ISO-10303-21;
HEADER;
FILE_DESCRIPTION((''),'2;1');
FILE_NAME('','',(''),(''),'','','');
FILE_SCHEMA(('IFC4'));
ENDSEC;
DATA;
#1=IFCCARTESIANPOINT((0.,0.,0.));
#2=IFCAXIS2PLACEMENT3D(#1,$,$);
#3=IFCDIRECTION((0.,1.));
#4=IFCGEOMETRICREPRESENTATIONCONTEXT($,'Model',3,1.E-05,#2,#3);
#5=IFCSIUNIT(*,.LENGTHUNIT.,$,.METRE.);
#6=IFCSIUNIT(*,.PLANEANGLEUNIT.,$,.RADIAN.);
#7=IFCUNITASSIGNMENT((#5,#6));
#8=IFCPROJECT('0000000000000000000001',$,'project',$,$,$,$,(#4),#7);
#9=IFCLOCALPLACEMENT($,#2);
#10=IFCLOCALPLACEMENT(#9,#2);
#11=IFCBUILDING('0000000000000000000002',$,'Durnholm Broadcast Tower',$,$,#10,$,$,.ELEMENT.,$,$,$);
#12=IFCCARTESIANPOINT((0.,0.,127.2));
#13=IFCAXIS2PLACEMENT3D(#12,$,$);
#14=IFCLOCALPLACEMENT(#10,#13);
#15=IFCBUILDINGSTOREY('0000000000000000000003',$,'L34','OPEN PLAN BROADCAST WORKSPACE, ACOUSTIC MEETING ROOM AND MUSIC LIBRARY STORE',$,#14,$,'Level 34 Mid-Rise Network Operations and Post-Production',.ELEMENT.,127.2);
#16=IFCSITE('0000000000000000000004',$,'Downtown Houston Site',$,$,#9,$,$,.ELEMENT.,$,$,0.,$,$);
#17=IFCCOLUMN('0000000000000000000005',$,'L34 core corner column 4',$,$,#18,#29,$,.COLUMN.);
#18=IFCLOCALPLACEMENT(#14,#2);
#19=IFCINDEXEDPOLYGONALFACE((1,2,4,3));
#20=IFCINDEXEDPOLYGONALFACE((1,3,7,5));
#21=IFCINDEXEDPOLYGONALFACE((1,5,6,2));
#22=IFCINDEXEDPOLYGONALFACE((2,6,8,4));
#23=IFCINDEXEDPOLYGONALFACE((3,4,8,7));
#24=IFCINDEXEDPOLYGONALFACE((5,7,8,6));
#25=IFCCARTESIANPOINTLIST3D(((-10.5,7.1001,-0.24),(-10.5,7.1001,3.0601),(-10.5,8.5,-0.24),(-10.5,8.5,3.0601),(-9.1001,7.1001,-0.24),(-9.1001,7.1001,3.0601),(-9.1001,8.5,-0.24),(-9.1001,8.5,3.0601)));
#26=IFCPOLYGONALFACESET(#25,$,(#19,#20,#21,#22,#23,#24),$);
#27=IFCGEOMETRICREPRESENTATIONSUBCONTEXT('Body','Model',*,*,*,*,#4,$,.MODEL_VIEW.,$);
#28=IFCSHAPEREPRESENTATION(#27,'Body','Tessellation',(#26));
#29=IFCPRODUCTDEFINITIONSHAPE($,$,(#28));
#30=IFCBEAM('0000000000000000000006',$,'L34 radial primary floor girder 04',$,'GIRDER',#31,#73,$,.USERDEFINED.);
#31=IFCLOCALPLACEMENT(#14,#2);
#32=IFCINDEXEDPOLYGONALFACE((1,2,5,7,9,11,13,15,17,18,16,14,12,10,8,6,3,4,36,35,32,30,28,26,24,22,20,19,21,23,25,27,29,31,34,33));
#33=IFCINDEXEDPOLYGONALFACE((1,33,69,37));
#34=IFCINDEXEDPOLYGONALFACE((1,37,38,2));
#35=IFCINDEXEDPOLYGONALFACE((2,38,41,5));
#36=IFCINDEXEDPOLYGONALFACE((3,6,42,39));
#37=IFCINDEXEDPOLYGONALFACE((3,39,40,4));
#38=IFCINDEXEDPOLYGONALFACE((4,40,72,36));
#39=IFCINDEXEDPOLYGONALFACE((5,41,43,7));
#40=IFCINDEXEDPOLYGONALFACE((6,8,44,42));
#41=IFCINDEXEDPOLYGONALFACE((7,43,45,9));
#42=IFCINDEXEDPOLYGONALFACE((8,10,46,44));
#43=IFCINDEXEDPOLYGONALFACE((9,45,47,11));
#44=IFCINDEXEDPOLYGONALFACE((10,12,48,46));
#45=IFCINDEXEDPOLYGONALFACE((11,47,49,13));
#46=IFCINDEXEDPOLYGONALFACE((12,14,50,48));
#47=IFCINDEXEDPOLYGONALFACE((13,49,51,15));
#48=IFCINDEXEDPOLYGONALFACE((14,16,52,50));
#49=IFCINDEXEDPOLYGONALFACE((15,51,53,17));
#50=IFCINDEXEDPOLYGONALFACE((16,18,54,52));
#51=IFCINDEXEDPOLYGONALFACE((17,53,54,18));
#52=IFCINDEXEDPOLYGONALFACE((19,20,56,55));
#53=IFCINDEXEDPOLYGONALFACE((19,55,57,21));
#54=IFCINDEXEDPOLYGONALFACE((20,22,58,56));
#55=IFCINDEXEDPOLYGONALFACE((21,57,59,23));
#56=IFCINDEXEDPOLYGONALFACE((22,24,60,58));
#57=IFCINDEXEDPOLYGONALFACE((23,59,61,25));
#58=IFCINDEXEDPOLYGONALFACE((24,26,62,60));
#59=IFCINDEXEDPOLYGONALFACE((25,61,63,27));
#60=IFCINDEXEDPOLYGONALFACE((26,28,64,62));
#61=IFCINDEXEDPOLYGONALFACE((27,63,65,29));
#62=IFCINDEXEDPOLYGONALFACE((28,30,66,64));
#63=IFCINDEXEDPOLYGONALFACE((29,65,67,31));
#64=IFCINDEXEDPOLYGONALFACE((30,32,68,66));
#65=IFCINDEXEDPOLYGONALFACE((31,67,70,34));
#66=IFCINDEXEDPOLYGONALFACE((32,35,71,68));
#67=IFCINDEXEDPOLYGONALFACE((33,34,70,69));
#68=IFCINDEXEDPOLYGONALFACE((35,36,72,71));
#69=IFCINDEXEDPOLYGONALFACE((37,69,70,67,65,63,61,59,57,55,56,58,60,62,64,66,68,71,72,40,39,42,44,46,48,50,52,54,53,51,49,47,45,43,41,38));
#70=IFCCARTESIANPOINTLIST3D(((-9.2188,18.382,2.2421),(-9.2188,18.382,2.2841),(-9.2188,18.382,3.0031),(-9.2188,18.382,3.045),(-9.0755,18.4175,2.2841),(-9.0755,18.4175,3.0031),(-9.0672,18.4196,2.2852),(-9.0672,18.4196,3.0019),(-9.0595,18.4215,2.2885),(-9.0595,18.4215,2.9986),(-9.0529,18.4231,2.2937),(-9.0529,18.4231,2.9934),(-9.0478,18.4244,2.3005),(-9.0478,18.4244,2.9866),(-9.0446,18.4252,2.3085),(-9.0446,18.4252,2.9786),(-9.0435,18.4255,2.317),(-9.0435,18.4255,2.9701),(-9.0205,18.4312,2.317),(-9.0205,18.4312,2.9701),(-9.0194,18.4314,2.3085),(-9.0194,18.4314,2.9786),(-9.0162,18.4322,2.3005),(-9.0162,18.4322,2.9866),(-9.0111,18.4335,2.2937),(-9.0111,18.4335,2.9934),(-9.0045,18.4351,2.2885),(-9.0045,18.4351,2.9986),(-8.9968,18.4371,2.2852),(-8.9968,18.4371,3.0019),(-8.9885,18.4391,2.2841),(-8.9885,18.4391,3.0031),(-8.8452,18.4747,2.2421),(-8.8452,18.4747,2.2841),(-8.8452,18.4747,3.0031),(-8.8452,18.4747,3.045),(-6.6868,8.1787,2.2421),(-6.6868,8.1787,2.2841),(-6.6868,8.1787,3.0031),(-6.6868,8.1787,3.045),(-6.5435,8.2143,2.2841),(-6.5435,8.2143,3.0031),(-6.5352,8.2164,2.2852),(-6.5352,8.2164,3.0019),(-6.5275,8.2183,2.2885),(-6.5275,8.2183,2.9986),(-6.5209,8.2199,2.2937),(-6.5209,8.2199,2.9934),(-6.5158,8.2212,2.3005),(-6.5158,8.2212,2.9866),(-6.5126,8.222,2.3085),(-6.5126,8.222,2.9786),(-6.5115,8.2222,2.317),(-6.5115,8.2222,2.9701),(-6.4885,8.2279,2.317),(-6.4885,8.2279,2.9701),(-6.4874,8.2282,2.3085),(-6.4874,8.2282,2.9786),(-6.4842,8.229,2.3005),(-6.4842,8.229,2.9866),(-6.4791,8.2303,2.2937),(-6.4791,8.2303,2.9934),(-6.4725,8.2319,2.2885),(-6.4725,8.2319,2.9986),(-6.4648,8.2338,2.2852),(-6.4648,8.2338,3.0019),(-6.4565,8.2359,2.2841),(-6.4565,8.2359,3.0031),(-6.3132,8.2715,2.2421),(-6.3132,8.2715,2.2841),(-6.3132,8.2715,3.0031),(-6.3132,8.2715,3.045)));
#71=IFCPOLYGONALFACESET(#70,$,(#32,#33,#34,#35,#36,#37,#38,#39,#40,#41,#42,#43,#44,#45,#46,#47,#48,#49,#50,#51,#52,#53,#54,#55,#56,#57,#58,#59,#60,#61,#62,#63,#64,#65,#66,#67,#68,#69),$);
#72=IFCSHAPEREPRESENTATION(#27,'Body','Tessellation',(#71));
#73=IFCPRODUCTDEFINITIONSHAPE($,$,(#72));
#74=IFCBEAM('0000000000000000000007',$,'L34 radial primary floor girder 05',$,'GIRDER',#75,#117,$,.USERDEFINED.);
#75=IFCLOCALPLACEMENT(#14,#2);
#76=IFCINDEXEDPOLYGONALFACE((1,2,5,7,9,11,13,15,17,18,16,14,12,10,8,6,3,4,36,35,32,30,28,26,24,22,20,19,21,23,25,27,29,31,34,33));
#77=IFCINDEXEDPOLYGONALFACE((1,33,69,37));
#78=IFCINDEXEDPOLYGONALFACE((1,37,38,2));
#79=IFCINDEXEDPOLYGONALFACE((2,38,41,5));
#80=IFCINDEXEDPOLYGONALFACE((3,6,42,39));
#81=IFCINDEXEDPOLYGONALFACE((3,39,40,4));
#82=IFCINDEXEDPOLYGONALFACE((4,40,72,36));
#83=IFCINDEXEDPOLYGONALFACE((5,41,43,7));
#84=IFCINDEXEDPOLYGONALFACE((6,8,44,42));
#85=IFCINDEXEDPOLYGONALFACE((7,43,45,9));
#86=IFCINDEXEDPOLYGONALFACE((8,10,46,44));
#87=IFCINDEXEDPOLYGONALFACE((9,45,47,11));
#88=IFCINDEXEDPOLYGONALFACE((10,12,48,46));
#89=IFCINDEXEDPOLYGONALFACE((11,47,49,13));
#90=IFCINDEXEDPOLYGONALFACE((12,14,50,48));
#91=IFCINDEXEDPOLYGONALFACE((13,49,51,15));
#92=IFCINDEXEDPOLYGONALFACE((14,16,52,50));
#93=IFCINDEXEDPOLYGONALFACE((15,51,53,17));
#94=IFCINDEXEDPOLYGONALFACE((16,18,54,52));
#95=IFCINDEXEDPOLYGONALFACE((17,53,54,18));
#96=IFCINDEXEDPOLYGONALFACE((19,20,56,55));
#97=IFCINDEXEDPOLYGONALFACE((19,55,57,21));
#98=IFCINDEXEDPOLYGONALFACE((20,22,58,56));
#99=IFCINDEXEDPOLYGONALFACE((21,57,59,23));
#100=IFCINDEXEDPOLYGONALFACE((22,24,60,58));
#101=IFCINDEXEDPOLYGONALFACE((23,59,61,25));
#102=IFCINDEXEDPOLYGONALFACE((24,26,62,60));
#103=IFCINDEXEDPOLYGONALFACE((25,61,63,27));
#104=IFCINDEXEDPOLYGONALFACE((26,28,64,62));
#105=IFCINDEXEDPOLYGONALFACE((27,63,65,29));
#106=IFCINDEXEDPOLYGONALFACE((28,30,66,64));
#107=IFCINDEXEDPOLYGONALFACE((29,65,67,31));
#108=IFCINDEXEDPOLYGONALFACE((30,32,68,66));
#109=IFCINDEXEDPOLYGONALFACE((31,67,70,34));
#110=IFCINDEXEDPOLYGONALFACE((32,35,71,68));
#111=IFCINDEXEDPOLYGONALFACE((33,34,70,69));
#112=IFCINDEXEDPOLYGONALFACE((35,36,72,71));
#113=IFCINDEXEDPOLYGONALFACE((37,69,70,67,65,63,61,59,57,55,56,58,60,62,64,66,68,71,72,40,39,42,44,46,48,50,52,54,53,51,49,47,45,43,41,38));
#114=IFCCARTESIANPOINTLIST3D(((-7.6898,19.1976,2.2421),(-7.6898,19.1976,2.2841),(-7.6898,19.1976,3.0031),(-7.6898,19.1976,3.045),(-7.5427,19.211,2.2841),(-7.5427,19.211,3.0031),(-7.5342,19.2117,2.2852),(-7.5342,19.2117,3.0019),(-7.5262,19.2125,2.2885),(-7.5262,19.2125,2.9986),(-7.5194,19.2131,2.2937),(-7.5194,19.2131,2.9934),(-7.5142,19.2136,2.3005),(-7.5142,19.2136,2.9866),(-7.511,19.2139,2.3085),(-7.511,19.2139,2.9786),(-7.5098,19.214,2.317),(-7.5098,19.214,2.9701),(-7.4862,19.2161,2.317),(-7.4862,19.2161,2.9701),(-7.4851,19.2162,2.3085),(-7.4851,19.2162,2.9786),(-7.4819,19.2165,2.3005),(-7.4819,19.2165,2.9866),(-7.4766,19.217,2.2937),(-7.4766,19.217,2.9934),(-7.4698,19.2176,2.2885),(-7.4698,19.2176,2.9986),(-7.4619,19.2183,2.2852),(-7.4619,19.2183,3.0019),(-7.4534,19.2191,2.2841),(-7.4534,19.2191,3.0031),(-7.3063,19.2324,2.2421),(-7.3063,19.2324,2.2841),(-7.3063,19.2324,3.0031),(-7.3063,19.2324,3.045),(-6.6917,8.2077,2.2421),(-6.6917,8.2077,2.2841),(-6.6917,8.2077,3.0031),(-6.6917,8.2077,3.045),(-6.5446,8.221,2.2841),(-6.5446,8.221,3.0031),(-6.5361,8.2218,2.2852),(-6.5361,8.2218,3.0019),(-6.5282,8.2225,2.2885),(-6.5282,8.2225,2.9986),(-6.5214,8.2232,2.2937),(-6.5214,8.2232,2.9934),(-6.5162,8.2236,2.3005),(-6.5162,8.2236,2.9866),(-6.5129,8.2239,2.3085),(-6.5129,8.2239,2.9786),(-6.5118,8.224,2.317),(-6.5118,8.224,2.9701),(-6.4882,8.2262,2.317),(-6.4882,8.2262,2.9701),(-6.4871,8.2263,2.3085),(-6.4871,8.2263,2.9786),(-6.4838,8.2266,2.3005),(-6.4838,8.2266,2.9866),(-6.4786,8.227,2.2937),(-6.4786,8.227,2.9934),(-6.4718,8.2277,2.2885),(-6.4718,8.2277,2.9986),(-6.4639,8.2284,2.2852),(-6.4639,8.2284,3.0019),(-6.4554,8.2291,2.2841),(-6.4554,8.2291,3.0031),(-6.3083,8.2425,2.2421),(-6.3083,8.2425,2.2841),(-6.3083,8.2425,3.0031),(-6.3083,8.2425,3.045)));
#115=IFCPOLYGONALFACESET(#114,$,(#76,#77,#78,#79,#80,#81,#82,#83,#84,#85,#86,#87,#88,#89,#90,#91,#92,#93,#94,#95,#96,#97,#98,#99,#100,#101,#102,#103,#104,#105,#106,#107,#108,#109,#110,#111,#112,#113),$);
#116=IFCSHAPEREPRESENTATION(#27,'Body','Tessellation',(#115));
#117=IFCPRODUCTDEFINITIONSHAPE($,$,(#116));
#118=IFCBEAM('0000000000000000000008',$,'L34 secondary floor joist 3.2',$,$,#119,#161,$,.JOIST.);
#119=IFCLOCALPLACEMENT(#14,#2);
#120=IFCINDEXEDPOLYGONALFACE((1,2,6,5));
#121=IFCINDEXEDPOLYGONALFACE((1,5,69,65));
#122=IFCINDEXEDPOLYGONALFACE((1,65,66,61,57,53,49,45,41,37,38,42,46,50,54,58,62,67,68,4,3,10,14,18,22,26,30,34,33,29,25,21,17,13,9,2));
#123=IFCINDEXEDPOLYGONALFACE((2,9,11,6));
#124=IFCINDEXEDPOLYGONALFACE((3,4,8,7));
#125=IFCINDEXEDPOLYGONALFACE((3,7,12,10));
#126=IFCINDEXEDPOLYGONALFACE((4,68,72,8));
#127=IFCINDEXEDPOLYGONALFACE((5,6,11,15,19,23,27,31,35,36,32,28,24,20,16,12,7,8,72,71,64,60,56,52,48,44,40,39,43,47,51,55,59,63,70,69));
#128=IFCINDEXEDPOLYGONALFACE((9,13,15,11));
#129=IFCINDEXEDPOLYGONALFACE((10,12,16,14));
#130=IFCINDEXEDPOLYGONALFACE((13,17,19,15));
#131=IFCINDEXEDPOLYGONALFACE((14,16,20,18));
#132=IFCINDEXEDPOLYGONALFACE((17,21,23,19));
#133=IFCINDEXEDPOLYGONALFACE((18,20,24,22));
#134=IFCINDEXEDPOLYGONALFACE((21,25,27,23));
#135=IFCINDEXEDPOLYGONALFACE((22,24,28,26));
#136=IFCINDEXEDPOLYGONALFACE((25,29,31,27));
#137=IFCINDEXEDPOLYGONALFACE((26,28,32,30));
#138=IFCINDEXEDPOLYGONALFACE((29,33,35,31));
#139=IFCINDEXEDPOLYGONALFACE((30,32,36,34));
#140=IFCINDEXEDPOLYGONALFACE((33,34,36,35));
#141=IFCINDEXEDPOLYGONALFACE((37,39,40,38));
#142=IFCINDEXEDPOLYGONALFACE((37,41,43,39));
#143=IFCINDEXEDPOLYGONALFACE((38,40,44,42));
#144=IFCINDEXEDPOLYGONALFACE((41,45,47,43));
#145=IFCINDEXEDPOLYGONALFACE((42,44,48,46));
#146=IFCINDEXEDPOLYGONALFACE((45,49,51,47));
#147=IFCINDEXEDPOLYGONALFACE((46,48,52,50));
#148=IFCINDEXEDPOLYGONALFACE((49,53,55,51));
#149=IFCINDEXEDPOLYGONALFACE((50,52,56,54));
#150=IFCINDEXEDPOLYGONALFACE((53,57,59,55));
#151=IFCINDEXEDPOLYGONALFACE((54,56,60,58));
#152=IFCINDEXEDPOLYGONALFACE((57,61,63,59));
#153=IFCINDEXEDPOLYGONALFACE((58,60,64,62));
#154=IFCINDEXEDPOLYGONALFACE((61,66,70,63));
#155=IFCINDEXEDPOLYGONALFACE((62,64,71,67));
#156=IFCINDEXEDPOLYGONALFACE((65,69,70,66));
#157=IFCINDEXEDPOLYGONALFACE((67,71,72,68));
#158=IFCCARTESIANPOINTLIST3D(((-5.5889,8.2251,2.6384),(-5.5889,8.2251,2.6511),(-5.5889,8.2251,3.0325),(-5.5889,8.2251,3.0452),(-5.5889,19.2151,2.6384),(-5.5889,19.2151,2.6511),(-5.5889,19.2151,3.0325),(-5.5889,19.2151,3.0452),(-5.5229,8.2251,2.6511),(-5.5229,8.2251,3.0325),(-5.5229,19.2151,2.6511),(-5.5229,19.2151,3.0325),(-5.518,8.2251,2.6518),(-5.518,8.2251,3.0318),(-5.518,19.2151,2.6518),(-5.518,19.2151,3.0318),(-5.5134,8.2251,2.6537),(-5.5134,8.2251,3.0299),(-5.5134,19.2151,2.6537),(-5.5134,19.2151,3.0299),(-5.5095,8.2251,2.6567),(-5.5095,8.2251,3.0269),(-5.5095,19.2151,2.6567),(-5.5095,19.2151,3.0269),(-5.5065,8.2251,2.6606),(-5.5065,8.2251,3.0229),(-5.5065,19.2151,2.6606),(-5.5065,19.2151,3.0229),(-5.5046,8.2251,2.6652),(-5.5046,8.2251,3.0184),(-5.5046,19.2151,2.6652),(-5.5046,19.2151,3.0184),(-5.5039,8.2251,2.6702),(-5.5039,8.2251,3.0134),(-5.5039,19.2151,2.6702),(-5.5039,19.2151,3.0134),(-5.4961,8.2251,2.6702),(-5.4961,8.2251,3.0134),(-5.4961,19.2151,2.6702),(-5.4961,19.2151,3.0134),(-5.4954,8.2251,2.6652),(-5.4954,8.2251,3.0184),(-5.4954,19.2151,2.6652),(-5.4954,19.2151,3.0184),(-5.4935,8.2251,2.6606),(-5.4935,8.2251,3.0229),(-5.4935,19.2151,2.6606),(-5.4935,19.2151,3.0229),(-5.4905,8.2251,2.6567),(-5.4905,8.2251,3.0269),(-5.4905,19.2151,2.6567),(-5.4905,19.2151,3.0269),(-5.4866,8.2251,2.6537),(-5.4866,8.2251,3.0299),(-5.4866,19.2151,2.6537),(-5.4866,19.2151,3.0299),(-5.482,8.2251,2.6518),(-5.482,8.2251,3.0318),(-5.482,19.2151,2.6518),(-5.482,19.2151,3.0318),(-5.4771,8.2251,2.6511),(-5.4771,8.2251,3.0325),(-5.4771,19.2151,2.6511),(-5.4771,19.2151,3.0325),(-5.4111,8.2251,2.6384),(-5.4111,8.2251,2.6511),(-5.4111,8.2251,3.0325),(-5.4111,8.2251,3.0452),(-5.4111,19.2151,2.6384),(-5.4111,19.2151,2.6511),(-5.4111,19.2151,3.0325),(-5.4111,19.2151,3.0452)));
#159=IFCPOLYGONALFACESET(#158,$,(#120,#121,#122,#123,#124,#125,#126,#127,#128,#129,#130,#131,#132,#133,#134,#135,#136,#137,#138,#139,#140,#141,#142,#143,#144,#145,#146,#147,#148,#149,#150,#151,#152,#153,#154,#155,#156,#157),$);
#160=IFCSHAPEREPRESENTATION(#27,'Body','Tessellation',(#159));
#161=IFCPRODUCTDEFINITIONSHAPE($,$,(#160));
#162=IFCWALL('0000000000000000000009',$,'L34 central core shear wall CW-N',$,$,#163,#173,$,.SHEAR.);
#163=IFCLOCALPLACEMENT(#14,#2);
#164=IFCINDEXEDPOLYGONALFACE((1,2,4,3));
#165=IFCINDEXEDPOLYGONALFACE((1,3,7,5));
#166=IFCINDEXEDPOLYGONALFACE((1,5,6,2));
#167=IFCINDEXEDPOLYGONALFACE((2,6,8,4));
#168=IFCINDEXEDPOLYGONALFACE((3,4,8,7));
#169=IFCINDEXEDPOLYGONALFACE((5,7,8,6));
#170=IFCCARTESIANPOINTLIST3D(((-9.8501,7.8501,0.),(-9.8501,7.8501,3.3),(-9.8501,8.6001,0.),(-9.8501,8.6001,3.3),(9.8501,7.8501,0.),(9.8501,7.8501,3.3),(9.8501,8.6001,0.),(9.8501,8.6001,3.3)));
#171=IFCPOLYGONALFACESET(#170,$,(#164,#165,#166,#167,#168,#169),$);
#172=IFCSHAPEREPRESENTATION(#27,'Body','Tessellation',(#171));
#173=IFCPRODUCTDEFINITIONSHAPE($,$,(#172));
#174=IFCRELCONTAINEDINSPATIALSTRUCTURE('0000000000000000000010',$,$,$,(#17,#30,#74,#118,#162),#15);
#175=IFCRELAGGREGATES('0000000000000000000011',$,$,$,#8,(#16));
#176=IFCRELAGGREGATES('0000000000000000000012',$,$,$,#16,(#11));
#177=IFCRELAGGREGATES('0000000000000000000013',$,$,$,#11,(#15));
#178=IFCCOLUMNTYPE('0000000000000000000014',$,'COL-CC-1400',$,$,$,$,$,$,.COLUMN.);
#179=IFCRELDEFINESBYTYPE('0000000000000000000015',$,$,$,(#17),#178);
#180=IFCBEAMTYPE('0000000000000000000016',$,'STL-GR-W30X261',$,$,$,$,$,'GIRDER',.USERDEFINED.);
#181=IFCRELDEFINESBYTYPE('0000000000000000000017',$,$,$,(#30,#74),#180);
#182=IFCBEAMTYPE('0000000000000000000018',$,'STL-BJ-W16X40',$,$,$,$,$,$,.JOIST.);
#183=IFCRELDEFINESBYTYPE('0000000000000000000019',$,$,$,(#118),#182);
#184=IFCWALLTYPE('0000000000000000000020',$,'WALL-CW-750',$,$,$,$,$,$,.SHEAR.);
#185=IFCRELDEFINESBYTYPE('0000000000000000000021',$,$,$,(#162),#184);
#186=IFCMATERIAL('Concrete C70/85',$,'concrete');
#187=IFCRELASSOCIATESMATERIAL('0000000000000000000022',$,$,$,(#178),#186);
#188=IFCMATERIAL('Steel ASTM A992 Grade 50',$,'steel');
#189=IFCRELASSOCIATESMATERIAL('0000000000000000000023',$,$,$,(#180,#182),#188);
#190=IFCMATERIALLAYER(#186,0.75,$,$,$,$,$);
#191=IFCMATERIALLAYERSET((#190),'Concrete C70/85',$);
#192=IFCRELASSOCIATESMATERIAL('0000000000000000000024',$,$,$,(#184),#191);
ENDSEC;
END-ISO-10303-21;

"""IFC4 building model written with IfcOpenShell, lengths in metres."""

from ifc_helpers import new_model, si_unit, direction, frame, frame_2d, origin, origin_2d, place, context, subcontext, project, spatial, rectangle, i_section, extrude, source, transform, mapped, material, layer, layer_set, material_profile, profile_set, type_object, type_shapes, element, save


model = new_model("IFC4")

# Units and contexts
model_context = context("Model", 3, precision=1e-05, world=origin(), true_north=direction((0.0, 1.0)))
body_context = subcontext(model_context, "Body", "Model", "MODEL_VIEW")
ifc_project = project(units=[si_unit("LENGTHUNIT", "METRE"), si_unit("PLANEANGLEUNIT", "RADIAN")], contexts=[model_context])

# Site, building, storey
site_placement = place(None, origin())
site = spatial("IfcSite", under=ifc_project, at=site_placement, Name="Downtown Houston Site", CompositionType="ELEMENT", RefElevation=0.0)
building_placement = place(site_placement, origin())
building = spatial("IfcBuilding", under=site, at=building_placement, Name="Durnholm Broadcast Tower", CompositionType="ELEMENT")
storey_placement = place(building_placement, frame((0.0, 0.0, 127.2)))
storey = spatial("IfcBuildingStorey", under=building, at=storey_placement, Name="L34", Description="OPEN PLAN BROADCAST WORKSPACE, ACOUSTIC MEETING ROOM AND MUSIC LIBRARY STORE", LongName="Level 34 Mid-Rise Network Operations and Post-Production", CompositionType="ELEMENT", Elevation=127.2)

# Column
ifc_material_1 = material(Name="Concrete C70/85", Category="concrete")
ifc_material_profile_1 = material_profile(ifc_material_1, rectangle(XDim=1.3999, YDim=1.3999, at=origin_2d()), Name="RC1400X1400")
ifc_profile_set_1 = profile_set([ifc_material_profile_1], Name="Concrete C70/85")
column_type = type_object("IfcColumnType", Name="COL-CC-1400", PredefinedType="COLUMN", material=ifc_profile_set_1)
shared_shape_1 = source(origin(), body_context, "Body", "SweptSolid", [
    extrude(rectangle(XDim=1.3999, YDim=1.3999, at=origin_2d()), origin(), (0.0, 0.0, 1.0), 3.3),
])
type_shapes(column_type, [shared_shape_1])
column_placement = place(storey_placement, frame((-9.8, 7.8, -0.24), z_axis=(0.0, 0.0, 1.0), x_axis=(1.0, 0.0, 0.0)))
element("IfcColumn", 1, at=column_placement, inside=storey, type_object=column_type, Name="L34 core corner column 4", PredefinedType="COLUMN", context=body_context, shape_type="MappedRepresentation", body=[
    mapped(shared_shape_1, transform((0.0, 0.0, 0.0), x_axis=(1.0, 0.0, 0.0), y_axis=(0.0, 1.0, 0.0), z_axis=(0.0, 0.0, 1.0), scale=1.0)),
])

# Beams
ifc_material_2 = material(Name="Steel ASTM A992 Grade 50", Category="steel")
ifc_material_profile_2 = material_profile(ifc_material_2, i_section(OverallWidth=0.385, OverallDepth=0.803, WebThickness=0.0237, FlangeThickness=0.042, FilletRadius=0.033, at=origin_2d()), Name="W30X261")
ifc_profile_set_2 = profile_set([ifc_material_profile_2], Name="Steel ASTM A992 Grade 50")
beam_type_1 = type_object("IfcBeamType", Name="STL-GR-W30X261", ElementType="GIRDER", PredefinedType="USERDEFINED", material=ifc_profile_set_2)
shared_shape_2 = source(origin(), body_context, "Body", "SweptSolid", [
    extrude(i_section(OverallWidth=0.385, OverallDepth=0.803, WebThickness=0.0237, FlangeThickness=0.042, FilletRadius=0.033, at=origin_2d()), origin(), (0.0, 0.0, 1.0), 10.5127),
])
beam_1_placement = place(storey_placement, frame((-6.5, 8.2251, 2.6436), z_axis=(-0.240852, 0.970562, 0.0), x_axis=(-0.970562, -0.240852, 0.0)))
element("IfcBeam", 2, at=beam_1_placement, inside=storey, type_object=beam_type_1, Name="L34 radial primary floor girder 04", ObjectType="GIRDER", PredefinedType="USERDEFINED", context=body_context, shape_type="MappedRepresentation", body=[
    mapped(shared_shape_2, transform((0.0, 0.0, 0.0), x_axis=(1.0, 0.0, 0.0), y_axis=(0.0, 1.0, 0.0), z_axis=(0.0, 0.0, 1.0), scale=1.0)),
])
shared_shape_3 = source(origin(), body_context, "Body", "SweptSolid", [
    extrude(i_section(OverallWidth=0.385, OverallDepth=0.803, WebThickness=0.0237, FlangeThickness=0.042, FilletRadius=0.033, at=origin_2d()), origin(), (0.0, 0.0, 1.0), 11.0352),
])
type_shapes(beam_type_1, [shared_shape_2, shared_shape_3])
beam_2_placement = place(storey_placement, frame((-6.5, 8.2251, 2.6436), z_axis=(-0.090442, 0.995902, 0.0), x_axis=(-0.995902, -0.090442, 0.0)))
element("IfcBeam", 3, at=beam_2_placement, inside=storey, type_object=beam_type_1, Name="L34 radial primary floor girder 05", ObjectType="GIRDER", PredefinedType="USERDEFINED", context=body_context, shape_type="MappedRepresentation", body=[
    mapped(shared_shape_3, transform((0.0, 0.0, 0.0), x_axis=(1.0, 0.0, 0.0), y_axis=(0.0, 1.0, 0.0), z_axis=(0.0, 0.0, 1.0), scale=1.0)),
])
ifc_material_profile_3 = material_profile(ifc_material_2, i_section(OverallWidth=0.1777, OverallDepth=0.4067, WebThickness=0.0078, FlangeThickness=0.0127, FilletRadius=0.019, at=origin_2d()), Name="W16X40")
ifc_profile_set_3 = profile_set([ifc_material_profile_3], Name="Steel ASTM A992 Grade 50")
beam_type_2 = type_object("IfcBeamType", Name="STL-BJ-W16X40", PredefinedType="JOIST", material=ifc_profile_set_3)
shared_shape_4 = source(origin(), body_context, "Body", "SweptSolid", [
    extrude(i_section(OverallWidth=0.1777, OverallDepth=0.4067, WebThickness=0.0078, FlangeThickness=0.0127, FilletRadius=0.019, at=origin_2d()), origin(), (0.0, 0.0, 1.0), 10.99),
])
type_shapes(beam_type_2, [shared_shape_4])
beam_3_placement = place(storey_placement, frame((-5.5, 8.2251, 2.8418), z_axis=(0.0, 1.0, 0.0), x_axis=(-1.0, 0.0, 0.0)))
element("IfcBeam", 4, at=beam_3_placement, inside=storey, type_object=beam_type_2, Name="L34 secondary floor joist 3.2", PredefinedType="JOIST", context=body_context, shape_type="MappedRepresentation", body=[
    mapped(shared_shape_4, transform((0.0, 0.0, 0.0), x_axis=(1.0, 0.0, 0.0), y_axis=(0.0, 1.0, 0.0), z_axis=(0.0, 0.0, 1.0), scale=1.0)),
])

# Wall
ifc_layer_1 = layer(ifc_material_1, 0.75)
ifc_layer_set_1 = layer_set([ifc_layer_1], Name="Concrete C70/85")
wall_type_1 = type_object("IfcWallType", Name="WALL-CW-750", PredefinedType="SHEAR", material=ifc_layer_set_1)
wall_1_placement = place(storey_placement, frame((-9.8501, 8.2251, 0.0), z_axis=(0.0, 0.0, 1.0), x_axis=(1.0, 0.0, 0.0)))
element("IfcWall", 5, at=wall_1_placement, inside=storey, type_object=wall_type_1, Name="L34 central core shear wall CW-N", PredefinedType="SHEAR", context=body_context, shape_type="SweptSolid", body=[
    extrude(rectangle(XDim=19.7002, YDim=0.75, at=frame_2d((9.8501, 0.0))), origin(), (0.0, 0.0, 1.0), 3.3),
])

save(model, "model.ifc")
